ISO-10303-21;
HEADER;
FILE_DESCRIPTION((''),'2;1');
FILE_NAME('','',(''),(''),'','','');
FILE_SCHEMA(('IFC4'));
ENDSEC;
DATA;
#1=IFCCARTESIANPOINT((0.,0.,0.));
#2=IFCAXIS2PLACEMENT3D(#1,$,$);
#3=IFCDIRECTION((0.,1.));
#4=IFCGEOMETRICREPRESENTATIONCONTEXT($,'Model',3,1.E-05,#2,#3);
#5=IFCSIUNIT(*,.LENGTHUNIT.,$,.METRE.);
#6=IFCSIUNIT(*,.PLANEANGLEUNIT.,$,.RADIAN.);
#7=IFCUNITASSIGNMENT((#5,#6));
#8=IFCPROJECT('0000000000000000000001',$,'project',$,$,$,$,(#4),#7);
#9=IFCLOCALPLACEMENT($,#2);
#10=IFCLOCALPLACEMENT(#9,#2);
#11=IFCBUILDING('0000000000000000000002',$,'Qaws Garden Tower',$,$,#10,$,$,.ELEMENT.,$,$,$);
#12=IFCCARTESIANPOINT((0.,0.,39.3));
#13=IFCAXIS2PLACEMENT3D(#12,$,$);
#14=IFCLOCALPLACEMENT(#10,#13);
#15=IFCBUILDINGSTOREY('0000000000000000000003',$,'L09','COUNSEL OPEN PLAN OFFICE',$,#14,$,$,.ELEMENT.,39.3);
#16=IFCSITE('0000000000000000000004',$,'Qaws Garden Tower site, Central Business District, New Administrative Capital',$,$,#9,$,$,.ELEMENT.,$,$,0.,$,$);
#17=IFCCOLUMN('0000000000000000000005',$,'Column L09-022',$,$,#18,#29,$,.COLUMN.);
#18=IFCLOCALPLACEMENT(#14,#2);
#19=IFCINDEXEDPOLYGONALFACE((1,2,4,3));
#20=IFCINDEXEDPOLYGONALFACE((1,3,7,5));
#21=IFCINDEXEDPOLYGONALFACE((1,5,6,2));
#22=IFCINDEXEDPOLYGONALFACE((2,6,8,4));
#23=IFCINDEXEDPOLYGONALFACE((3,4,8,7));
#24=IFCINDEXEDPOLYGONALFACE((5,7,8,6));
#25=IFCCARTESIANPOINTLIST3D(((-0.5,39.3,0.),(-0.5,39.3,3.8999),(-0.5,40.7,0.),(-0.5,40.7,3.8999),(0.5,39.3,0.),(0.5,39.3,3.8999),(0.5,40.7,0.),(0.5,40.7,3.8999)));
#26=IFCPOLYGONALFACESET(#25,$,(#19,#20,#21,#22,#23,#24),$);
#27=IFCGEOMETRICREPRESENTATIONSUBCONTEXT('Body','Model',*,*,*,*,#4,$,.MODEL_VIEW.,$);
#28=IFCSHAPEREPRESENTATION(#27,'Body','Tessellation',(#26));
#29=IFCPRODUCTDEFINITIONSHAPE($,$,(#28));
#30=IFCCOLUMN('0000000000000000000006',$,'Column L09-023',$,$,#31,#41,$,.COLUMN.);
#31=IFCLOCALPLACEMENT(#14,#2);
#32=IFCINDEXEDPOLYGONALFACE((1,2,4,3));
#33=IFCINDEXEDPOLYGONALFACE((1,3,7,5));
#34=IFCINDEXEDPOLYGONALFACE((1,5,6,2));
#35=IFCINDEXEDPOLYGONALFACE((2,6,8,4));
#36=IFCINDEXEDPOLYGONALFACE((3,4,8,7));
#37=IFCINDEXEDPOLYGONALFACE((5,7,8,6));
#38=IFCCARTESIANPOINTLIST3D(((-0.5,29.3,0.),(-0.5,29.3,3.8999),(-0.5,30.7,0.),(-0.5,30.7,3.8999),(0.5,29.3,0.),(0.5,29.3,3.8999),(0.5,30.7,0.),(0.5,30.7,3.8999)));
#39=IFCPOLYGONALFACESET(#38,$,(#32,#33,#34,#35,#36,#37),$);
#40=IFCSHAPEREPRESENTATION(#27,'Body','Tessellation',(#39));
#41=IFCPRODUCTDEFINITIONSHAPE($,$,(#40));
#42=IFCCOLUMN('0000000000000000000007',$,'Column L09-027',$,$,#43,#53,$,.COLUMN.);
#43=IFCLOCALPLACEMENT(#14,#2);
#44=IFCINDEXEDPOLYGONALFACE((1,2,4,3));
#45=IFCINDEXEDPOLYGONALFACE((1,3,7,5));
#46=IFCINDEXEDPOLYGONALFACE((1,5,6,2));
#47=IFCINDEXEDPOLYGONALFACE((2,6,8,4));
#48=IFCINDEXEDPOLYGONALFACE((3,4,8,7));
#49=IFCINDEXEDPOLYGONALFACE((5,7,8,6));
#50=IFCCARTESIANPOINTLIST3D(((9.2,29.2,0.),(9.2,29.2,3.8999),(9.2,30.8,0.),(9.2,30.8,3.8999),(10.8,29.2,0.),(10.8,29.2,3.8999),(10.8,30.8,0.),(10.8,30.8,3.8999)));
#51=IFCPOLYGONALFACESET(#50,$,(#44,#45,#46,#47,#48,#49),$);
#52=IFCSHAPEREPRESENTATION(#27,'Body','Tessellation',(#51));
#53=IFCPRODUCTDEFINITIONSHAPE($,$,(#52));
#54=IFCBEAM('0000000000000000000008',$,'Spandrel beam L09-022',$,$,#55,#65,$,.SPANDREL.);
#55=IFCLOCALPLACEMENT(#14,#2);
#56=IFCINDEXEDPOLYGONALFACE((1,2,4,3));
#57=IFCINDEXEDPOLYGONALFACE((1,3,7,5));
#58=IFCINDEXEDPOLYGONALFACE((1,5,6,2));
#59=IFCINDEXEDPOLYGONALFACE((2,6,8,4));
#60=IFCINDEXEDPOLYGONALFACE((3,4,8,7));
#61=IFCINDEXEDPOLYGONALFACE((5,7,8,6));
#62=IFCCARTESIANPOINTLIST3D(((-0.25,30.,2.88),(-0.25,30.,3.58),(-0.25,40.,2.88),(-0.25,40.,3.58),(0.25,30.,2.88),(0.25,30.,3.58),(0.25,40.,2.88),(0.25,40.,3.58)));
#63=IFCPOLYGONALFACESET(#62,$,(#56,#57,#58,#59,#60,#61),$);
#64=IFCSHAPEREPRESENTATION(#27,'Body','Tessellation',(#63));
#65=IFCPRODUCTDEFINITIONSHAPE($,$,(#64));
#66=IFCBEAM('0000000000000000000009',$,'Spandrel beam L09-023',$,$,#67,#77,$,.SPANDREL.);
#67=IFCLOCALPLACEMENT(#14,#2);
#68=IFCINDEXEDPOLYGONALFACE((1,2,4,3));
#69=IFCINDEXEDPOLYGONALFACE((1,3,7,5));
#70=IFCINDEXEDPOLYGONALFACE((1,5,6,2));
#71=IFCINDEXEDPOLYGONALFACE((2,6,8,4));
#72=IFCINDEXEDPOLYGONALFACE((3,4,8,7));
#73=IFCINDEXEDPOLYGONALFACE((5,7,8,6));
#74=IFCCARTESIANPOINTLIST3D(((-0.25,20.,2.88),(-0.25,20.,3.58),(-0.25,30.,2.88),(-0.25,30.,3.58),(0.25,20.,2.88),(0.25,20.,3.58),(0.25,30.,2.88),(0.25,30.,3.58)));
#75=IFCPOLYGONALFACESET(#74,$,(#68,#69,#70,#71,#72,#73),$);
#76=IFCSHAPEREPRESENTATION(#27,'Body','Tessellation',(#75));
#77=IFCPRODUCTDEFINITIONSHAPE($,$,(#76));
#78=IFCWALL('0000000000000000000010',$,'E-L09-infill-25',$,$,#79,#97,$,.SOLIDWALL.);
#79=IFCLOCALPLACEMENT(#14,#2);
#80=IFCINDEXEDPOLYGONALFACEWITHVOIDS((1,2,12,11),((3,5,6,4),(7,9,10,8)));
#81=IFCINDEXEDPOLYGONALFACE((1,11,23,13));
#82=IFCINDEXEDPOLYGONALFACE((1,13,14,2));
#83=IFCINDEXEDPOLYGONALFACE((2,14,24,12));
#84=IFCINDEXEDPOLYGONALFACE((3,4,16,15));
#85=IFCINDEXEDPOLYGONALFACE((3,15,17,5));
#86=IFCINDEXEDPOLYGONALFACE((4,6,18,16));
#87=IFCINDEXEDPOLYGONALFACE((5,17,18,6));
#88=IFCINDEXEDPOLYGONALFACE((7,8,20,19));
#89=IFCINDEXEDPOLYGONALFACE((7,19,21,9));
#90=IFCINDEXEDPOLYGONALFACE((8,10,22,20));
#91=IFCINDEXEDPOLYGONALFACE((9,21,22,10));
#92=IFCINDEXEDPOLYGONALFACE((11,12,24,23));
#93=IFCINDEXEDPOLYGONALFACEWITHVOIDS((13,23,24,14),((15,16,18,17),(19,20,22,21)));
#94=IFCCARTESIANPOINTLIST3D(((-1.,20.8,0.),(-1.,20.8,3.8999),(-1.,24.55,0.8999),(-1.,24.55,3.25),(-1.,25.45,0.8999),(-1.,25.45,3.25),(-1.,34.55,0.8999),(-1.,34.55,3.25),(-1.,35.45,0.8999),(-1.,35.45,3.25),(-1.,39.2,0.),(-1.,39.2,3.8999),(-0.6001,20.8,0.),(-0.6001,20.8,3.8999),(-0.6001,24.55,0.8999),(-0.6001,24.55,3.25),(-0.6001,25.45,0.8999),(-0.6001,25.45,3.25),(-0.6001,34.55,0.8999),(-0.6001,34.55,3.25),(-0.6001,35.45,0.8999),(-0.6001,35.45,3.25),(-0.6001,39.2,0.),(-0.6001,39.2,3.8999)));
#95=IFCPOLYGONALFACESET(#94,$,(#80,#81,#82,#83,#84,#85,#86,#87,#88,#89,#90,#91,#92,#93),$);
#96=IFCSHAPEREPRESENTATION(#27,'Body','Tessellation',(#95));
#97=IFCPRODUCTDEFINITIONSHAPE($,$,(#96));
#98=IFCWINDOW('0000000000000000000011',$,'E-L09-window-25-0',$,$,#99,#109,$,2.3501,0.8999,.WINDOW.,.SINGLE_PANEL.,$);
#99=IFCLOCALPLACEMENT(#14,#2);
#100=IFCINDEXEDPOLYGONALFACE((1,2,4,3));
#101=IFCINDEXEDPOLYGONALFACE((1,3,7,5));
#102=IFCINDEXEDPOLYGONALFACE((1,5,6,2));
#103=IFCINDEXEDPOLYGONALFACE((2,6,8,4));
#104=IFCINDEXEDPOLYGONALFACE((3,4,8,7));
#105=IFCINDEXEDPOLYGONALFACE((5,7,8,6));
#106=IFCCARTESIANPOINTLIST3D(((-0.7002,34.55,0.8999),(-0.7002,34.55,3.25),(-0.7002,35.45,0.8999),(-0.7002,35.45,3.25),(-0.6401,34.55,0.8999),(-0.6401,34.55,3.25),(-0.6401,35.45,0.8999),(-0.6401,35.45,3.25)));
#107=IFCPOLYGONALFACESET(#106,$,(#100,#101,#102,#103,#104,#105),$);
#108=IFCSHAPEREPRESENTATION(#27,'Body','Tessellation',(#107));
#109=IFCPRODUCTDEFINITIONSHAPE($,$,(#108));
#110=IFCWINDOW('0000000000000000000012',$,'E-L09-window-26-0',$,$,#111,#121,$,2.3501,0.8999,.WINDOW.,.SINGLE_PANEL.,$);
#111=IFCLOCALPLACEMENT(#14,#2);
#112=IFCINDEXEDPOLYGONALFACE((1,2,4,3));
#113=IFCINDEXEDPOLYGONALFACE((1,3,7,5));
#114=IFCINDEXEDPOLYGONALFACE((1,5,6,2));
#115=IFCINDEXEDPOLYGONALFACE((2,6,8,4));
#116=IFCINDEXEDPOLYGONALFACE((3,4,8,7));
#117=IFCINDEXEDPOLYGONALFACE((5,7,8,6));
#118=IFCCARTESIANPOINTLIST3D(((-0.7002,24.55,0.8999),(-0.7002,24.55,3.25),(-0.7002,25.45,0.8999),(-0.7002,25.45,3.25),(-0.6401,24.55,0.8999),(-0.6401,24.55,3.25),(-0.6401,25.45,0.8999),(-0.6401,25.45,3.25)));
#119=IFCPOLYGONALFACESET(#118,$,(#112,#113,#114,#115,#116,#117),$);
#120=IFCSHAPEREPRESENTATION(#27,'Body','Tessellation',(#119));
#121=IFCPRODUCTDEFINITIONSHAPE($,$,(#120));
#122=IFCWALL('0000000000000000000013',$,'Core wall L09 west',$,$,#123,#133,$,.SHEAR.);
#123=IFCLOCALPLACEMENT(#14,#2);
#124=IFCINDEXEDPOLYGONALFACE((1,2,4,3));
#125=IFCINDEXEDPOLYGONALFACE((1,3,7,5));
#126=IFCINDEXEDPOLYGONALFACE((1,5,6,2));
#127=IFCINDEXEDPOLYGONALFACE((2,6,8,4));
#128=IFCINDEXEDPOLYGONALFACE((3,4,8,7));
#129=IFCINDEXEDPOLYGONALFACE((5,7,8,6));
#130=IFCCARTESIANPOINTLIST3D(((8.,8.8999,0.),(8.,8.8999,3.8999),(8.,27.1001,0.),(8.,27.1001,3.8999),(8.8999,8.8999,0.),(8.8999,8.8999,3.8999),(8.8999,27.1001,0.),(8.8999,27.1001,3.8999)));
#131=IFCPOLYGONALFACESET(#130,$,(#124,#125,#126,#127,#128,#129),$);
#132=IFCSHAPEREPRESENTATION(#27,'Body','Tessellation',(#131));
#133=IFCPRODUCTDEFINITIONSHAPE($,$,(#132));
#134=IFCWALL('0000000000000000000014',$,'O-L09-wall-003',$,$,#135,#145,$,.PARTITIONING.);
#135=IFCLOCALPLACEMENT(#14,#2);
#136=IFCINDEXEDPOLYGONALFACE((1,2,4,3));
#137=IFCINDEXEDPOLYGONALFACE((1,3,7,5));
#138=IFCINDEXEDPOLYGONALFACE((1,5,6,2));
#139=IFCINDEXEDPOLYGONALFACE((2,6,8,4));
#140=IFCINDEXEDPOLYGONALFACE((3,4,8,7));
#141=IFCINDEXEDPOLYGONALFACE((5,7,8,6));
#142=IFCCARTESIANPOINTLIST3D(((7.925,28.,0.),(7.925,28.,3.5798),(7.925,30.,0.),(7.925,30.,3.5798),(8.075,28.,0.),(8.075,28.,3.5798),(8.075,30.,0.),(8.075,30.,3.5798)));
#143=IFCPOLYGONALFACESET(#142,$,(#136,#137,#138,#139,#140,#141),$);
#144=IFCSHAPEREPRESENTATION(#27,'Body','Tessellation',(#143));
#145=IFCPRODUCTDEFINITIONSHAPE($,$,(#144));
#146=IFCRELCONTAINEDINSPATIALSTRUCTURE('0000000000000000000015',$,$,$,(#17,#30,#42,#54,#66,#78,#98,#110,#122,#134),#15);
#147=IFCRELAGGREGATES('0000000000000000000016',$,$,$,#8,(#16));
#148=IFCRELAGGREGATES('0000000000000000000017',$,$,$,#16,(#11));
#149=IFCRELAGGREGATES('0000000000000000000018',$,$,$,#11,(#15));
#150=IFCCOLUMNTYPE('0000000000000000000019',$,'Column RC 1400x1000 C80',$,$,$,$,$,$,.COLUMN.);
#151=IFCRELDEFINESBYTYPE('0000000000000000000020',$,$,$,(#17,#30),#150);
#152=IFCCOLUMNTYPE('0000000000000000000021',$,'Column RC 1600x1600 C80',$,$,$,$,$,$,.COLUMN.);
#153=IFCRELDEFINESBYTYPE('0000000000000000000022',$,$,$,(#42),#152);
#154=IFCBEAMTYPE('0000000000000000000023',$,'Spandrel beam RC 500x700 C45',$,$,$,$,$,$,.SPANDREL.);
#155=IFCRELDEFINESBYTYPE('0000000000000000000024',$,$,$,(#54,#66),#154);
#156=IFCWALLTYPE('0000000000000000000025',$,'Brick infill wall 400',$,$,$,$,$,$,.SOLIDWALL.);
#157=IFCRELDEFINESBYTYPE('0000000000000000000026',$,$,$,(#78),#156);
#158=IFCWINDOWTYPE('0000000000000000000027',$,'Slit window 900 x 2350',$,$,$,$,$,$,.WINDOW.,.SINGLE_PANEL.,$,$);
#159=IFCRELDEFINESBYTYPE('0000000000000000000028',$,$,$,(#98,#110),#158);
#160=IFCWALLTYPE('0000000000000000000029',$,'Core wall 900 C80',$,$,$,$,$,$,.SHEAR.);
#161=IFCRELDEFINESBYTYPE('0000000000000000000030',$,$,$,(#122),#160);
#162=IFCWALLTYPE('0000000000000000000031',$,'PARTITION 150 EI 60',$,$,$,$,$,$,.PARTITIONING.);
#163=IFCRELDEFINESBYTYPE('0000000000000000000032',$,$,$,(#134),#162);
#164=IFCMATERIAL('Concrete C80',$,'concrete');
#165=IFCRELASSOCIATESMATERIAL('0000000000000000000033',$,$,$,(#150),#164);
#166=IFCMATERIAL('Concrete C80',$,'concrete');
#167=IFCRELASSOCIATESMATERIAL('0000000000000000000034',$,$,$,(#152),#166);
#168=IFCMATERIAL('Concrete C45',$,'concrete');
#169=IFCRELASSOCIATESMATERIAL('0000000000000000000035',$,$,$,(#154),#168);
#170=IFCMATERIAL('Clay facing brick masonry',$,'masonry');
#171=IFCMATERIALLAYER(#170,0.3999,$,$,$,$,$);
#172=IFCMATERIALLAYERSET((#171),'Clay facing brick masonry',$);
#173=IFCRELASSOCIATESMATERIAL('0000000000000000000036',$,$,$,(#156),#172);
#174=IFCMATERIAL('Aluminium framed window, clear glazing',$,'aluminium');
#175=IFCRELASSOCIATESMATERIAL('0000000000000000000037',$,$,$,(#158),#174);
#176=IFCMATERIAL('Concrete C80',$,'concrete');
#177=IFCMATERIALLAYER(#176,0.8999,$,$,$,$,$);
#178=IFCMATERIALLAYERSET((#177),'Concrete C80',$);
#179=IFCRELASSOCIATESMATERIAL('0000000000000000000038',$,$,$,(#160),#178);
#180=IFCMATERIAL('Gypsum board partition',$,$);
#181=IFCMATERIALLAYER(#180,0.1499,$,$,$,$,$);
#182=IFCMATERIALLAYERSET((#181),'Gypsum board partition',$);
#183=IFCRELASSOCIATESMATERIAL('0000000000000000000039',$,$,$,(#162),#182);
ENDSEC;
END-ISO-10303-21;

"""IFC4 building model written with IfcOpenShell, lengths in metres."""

from ifc_helpers import new_model, si_unit, direction, frame, frame_2d, origin, origin_2d, place, context, subcontext, project, spatial, rectangle, extrude, material, layer, layer_set, material_profile, profile_set, type_object, element, fill, save


model = new_model("IFC4")

# Units and contexts
model_context = context("Model", 3, precision=1e-05, world=origin(), true_north=direction((0.0, 1.0)))
body_context = subcontext(model_context, "Body", "Model", "MODEL_VIEW")
ifc_project = project(units=[si_unit("LENGTHUNIT", "METRE"), si_unit("PLANEANGLEUNIT", "RADIAN")], contexts=[model_context])

# Site, building, storey
site_placement = place(None, origin())
site = spatial("IfcSite", under=ifc_project, at=site_placement, Name="Qaws Garden Tower site, Central Business District, New Administrative Capital", CompositionType="ELEMENT", RefElevation=0.0)
building_placement = place(site_placement, origin())
building = spatial("IfcBuilding", under=site, at=building_placement, Name="Qaws Garden Tower", CompositionType="ELEMENT")
storey_placement = place(building_placement, frame((0.0, 0.0, 39.3)))
storey = spatial("IfcBuildingStorey", under=building, at=storey_placement, Name="L09", Description="COUNSEL OPEN PLAN OFFICE", CompositionType="ELEMENT", Elevation=39.3)

# Columns
ifc_material_1 = material(Name="Concrete C80", Category="concrete")
ifc_material_profile_1 = material_profile(ifc_material_1, rectangle(XDim=1.3999, YDim=1.0, at=origin_2d()), Name="RC 1400x1000")
ifc_profile_set_1 = profile_set([ifc_material_profile_1], Name="Concrete C80")
column_type_1 = type_object("IfcColumnType", Name="Column RC 1400x1000 C80", PredefinedType="COLUMN", material=ifc_profile_set_1)
for number, where, z_axis, x_axis, name in (
    (1, (0.0, 40.0, 0.0), (0.0, 0.0, 1.0), (0.0, 1.0, 0.0), "Column L09-022"),
    (2, (0.0, 30.0, 0.0), (0.0, 0.0, 1.0), (0.0, 1.0, 0.0), "Column L09-023"),
):
    element("IfcColumn", number, at=place(storey_placement, frame(where, z_axis=z_axis, x_axis=x_axis)), inside=storey, type_object=column_type_1, Name=name, PredefinedType="COLUMN", context=body_context, shape_type="SweptSolid", body=[
        extrude(rectangle(XDim=1.3999, YDim=1.0, at=origin_2d()), origin(), (0.0, 0.0, 1.0), 3.8999),
    ])
ifc_material_2 = material(Name="Concrete C80", Category="concrete")
ifc_material_profile_2 = material_profile(ifc_material_2, rectangle(XDim=1.6001, YDim=1.6001, at=origin_2d()), Name="RC 1600x1600")
ifc_profile_set_2 = profile_set([ifc_material_profile_2], Name="Concrete C80")
column_type_2 = type_object("IfcColumnType", Name="Column RC 1600x1600 C80", PredefinedType="COLUMN", material=ifc_profile_set_2)
column_placement = place(storey_placement, frame((10.0, 30.0, 0.0), z_axis=(0.0, 0.0, 1.0), x_axis=(1.0, 0.0, 0.0)))
element("IfcColumn", 3, at=column_placement, inside=storey, type_object=column_type_2, Name="Column L09-027", PredefinedType="COLUMN", context=body_context, shape_type="SweptSolid", body=[
    extrude(rectangle(XDim=1.6001, YDim=1.6001, at=origin_2d()), origin(), (0.0, 0.0, 1.0), 3.8999),
])

# Beams
ifc_material_3 = material(Name="Concrete C45", Category="concrete")
ifc_material_profile_3 = material_profile(ifc_material_3, rectangle(XDim=0.5, YDim=0.7, at=origin_2d()), Name="RC 500x700")
ifc_profile_set_3 = profile_set([ifc_material_profile_3], Name="Concrete C45")
beam_type = type_object("IfcBeamType", Name="Spandrel beam RC 500x700 C45", PredefinedType="SPANDREL", material=ifc_profile_set_3)
for number, where, z_axis, x_axis, name in (
    (4, (0.0, 40.0, 3.23), (0.0, -1.0, 0.0), (1.0, 0.0, 0.0), "Spandrel beam L09-022"),
    (5, (0.0, 30.0, 3.23), (0.0, -1.0, 0.0), (1.0, 0.0, 0.0), "Spandrel beam L09-023"),
):
    element("IfcBeam", number, at=place(storey_placement, frame(where, z_axis=z_axis, x_axis=x_axis)), inside=storey, type_object=beam_type, Name=name, PredefinedType="SPANDREL", context=body_context, shape_type="SweptSolid", body=[
        extrude(rectangle(XDim=0.5, YDim=0.7, at=origin_2d()), origin(), (0.0, 0.0, 1.0), 10.0),
    ])

# Wall, openings, windows
ifc_material_4 = material(Name="Clay facing brick masonry", Category="masonry")
ifc_layer_1 = layer(ifc_material_4, 0.3999)
ifc_layer_set_1 = layer_set([ifc_layer_1], Name="Clay facing brick masonry")
wall_type_1 = type_object("IfcWallType", Name="Brick infill wall 400", PredefinedType="SOLIDWALL", material=ifc_layer_set_1)
wall_1_placement = place(storey_placement, frame((-0.8, 39.2, 0.0), z_axis=(0.0, 0.0, 1.0), x_axis=(0.0, -1.0, 0.0)))
wall_1 = element("IfcWall", 6, at=wall_1_placement, inside=storey, type_object=wall_type_1, Name="E-L09-infill-25", PredefinedType="SOLIDWALL", context=body_context, shape_type="SweptSolid", body=[
    extrude(rectangle(XDim=18.3999, YDim=0.3999, at=frame_2d((9.2, 0.0))), origin(), (0.0, 0.0, 1.0), 3.8999),
])
opening_1_placement = place(wall_1_placement, frame((3.75, 0.0, 0.8999)))
opening_1 = element("IfcOpeningElement", 7, at=opening_1_placement, cuts=wall_1, PredefinedType="OPENING", context=body_context, shape_type="SweptSolid", body=[
    extrude(rectangle(XDim=0.8999, YDim=2.3501, at=frame_2d((0.45, 1.175))), frame((0.0, 0.21, 0.0), z_axis=(0.0, -1.0, 0.0), x_axis=(1.0, 0.0, 0.0)), (0.0, 0.0, 1.0), 0.4199),
])
opening_2_placement = place(wall_1_placement, frame((13.75, 0.0, 0.8999)))
opening_2 = element("IfcOpeningElement", 8, at=opening_2_placement, cuts=wall_1, PredefinedType="OPENING", context=body_context, shape_type="SweptSolid", body=[
    extrude(rectangle(XDim=0.8999, YDim=2.3501, at=frame_2d((0.45, 1.175))), frame((0.0, 0.21, 0.0), z_axis=(0.0, -1.0, 0.0), x_axis=(1.0, 0.0, 0.0)), (0.0, 0.0, 1.0), 0.4199),
])
ifc_material_5 = material(Name="Aluminium framed window, clear glazing", Category="aluminium")
window_type = type_object("IfcWindowType", Name="Slit window 900 x 2350", PartitioningType="SINGLE_PANEL", PredefinedType="WINDOW", material=ifc_material_5)
window_1_placement = place(opening_1_placement, origin())
window_1 = element("IfcWindow", 9, at=window_1_placement, inside=storey, type_object=window_type, Name="E-L09-window-25-0", OverallHeight=2.3501, OverallWidth=0.8999, PartitioningType="SINGLE_PANEL", PredefinedType="WINDOW", context=body_context, shape_type="SweptSolid", body=[
    extrude(rectangle(XDim=0.8999, YDim=2.3501, at=frame_2d((0.45, 1.175))), frame((0.0, 0.1599, 0.0), z_axis=(0.0, -1.0, 0.0), x_axis=(1.0, 0.0, 0.0)), (0.0, 0.0, 1.0), 0.0601),
])
fill(opening_1, window_1)
window_2_placement = place(opening_2_placement, origin())
window_2 = element("IfcWindow", 10, at=window_2_placement, inside=storey, type_object=window_type, Name="E-L09-window-26-0", OverallHeight=2.3501, OverallWidth=0.8999, PartitioningType="SINGLE_PANEL", PredefinedType="WINDOW", context=body_context, shape_type="SweptSolid", body=[
    extrude(rectangle(XDim=0.8999, YDim=2.3501, at=frame_2d((0.45, 1.175))), frame((0.0, 0.1599, 0.0), z_axis=(0.0, -1.0, 0.0), x_axis=(1.0, 0.0, 0.0)), (0.0, 0.0, 1.0), 0.0601),
])
fill(opening_2, window_2)

# Walls
ifc_material_6 = material(Name="Concrete C80", Category="concrete")
ifc_layer_2 = layer(ifc_material_6, 0.8999)
ifc_layer_set_2 = layer_set([ifc_layer_2], Name="Concrete C80")
wall_type_2 = type_object("IfcWallType", Name="Core wall 900 C80", PredefinedType="SHEAR", material=ifc_layer_set_2)
wall_2_placement = place(storey_placement, frame((8.45, 27.1001, 0.0), z_axis=(0.0, 0.0, 1.0), x_axis=(0.0, -1.0, 0.0)))
element("IfcWall", 11, at=wall_2_placement, inside=storey, type_object=wall_type_2, Name="Core wall L09 west", PredefinedType="SHEAR", context=body_context, shape_type="SweptSolid", body=[
    extrude(rectangle(XDim=18.2002, YDim=0.8999, at=frame_2d((9.1001, 0.0))), origin(), (0.0, 0.0, 1.0), 3.8999),
])
ifc_material_7 = material(Name="Gypsum board partition")
ifc_layer_3 = layer(ifc_material_7, 0.1499)
ifc_layer_set_3 = layer_set([ifc_layer_3], Name="Gypsum board partition")
wall_type_3 = type_object("IfcWallType", Name="PARTITION 150 EI 60", PredefinedType="PARTITIONING", material=ifc_layer_set_3)
wall_3_placement = place(storey_placement, frame((8.0, 28.0, 0.0), z_axis=(0.0, 0.0, 1.0), x_axis=(0.0, 1.0, 0.0)))
element("IfcWall", 12, at=wall_3_placement, inside=storey, type_object=wall_type_3, Name="O-L09-wall-003", PredefinedType="PARTITIONING", context=body_context, shape_type="SweptSolid", body=[
    extrude(rectangle(XDim=2.0, YDim=0.1499, at=frame_2d((1.0, 0.0))), origin(), (0.0, 0.0, 1.0), 3.5798),
])

save(model, "model.ifc")
